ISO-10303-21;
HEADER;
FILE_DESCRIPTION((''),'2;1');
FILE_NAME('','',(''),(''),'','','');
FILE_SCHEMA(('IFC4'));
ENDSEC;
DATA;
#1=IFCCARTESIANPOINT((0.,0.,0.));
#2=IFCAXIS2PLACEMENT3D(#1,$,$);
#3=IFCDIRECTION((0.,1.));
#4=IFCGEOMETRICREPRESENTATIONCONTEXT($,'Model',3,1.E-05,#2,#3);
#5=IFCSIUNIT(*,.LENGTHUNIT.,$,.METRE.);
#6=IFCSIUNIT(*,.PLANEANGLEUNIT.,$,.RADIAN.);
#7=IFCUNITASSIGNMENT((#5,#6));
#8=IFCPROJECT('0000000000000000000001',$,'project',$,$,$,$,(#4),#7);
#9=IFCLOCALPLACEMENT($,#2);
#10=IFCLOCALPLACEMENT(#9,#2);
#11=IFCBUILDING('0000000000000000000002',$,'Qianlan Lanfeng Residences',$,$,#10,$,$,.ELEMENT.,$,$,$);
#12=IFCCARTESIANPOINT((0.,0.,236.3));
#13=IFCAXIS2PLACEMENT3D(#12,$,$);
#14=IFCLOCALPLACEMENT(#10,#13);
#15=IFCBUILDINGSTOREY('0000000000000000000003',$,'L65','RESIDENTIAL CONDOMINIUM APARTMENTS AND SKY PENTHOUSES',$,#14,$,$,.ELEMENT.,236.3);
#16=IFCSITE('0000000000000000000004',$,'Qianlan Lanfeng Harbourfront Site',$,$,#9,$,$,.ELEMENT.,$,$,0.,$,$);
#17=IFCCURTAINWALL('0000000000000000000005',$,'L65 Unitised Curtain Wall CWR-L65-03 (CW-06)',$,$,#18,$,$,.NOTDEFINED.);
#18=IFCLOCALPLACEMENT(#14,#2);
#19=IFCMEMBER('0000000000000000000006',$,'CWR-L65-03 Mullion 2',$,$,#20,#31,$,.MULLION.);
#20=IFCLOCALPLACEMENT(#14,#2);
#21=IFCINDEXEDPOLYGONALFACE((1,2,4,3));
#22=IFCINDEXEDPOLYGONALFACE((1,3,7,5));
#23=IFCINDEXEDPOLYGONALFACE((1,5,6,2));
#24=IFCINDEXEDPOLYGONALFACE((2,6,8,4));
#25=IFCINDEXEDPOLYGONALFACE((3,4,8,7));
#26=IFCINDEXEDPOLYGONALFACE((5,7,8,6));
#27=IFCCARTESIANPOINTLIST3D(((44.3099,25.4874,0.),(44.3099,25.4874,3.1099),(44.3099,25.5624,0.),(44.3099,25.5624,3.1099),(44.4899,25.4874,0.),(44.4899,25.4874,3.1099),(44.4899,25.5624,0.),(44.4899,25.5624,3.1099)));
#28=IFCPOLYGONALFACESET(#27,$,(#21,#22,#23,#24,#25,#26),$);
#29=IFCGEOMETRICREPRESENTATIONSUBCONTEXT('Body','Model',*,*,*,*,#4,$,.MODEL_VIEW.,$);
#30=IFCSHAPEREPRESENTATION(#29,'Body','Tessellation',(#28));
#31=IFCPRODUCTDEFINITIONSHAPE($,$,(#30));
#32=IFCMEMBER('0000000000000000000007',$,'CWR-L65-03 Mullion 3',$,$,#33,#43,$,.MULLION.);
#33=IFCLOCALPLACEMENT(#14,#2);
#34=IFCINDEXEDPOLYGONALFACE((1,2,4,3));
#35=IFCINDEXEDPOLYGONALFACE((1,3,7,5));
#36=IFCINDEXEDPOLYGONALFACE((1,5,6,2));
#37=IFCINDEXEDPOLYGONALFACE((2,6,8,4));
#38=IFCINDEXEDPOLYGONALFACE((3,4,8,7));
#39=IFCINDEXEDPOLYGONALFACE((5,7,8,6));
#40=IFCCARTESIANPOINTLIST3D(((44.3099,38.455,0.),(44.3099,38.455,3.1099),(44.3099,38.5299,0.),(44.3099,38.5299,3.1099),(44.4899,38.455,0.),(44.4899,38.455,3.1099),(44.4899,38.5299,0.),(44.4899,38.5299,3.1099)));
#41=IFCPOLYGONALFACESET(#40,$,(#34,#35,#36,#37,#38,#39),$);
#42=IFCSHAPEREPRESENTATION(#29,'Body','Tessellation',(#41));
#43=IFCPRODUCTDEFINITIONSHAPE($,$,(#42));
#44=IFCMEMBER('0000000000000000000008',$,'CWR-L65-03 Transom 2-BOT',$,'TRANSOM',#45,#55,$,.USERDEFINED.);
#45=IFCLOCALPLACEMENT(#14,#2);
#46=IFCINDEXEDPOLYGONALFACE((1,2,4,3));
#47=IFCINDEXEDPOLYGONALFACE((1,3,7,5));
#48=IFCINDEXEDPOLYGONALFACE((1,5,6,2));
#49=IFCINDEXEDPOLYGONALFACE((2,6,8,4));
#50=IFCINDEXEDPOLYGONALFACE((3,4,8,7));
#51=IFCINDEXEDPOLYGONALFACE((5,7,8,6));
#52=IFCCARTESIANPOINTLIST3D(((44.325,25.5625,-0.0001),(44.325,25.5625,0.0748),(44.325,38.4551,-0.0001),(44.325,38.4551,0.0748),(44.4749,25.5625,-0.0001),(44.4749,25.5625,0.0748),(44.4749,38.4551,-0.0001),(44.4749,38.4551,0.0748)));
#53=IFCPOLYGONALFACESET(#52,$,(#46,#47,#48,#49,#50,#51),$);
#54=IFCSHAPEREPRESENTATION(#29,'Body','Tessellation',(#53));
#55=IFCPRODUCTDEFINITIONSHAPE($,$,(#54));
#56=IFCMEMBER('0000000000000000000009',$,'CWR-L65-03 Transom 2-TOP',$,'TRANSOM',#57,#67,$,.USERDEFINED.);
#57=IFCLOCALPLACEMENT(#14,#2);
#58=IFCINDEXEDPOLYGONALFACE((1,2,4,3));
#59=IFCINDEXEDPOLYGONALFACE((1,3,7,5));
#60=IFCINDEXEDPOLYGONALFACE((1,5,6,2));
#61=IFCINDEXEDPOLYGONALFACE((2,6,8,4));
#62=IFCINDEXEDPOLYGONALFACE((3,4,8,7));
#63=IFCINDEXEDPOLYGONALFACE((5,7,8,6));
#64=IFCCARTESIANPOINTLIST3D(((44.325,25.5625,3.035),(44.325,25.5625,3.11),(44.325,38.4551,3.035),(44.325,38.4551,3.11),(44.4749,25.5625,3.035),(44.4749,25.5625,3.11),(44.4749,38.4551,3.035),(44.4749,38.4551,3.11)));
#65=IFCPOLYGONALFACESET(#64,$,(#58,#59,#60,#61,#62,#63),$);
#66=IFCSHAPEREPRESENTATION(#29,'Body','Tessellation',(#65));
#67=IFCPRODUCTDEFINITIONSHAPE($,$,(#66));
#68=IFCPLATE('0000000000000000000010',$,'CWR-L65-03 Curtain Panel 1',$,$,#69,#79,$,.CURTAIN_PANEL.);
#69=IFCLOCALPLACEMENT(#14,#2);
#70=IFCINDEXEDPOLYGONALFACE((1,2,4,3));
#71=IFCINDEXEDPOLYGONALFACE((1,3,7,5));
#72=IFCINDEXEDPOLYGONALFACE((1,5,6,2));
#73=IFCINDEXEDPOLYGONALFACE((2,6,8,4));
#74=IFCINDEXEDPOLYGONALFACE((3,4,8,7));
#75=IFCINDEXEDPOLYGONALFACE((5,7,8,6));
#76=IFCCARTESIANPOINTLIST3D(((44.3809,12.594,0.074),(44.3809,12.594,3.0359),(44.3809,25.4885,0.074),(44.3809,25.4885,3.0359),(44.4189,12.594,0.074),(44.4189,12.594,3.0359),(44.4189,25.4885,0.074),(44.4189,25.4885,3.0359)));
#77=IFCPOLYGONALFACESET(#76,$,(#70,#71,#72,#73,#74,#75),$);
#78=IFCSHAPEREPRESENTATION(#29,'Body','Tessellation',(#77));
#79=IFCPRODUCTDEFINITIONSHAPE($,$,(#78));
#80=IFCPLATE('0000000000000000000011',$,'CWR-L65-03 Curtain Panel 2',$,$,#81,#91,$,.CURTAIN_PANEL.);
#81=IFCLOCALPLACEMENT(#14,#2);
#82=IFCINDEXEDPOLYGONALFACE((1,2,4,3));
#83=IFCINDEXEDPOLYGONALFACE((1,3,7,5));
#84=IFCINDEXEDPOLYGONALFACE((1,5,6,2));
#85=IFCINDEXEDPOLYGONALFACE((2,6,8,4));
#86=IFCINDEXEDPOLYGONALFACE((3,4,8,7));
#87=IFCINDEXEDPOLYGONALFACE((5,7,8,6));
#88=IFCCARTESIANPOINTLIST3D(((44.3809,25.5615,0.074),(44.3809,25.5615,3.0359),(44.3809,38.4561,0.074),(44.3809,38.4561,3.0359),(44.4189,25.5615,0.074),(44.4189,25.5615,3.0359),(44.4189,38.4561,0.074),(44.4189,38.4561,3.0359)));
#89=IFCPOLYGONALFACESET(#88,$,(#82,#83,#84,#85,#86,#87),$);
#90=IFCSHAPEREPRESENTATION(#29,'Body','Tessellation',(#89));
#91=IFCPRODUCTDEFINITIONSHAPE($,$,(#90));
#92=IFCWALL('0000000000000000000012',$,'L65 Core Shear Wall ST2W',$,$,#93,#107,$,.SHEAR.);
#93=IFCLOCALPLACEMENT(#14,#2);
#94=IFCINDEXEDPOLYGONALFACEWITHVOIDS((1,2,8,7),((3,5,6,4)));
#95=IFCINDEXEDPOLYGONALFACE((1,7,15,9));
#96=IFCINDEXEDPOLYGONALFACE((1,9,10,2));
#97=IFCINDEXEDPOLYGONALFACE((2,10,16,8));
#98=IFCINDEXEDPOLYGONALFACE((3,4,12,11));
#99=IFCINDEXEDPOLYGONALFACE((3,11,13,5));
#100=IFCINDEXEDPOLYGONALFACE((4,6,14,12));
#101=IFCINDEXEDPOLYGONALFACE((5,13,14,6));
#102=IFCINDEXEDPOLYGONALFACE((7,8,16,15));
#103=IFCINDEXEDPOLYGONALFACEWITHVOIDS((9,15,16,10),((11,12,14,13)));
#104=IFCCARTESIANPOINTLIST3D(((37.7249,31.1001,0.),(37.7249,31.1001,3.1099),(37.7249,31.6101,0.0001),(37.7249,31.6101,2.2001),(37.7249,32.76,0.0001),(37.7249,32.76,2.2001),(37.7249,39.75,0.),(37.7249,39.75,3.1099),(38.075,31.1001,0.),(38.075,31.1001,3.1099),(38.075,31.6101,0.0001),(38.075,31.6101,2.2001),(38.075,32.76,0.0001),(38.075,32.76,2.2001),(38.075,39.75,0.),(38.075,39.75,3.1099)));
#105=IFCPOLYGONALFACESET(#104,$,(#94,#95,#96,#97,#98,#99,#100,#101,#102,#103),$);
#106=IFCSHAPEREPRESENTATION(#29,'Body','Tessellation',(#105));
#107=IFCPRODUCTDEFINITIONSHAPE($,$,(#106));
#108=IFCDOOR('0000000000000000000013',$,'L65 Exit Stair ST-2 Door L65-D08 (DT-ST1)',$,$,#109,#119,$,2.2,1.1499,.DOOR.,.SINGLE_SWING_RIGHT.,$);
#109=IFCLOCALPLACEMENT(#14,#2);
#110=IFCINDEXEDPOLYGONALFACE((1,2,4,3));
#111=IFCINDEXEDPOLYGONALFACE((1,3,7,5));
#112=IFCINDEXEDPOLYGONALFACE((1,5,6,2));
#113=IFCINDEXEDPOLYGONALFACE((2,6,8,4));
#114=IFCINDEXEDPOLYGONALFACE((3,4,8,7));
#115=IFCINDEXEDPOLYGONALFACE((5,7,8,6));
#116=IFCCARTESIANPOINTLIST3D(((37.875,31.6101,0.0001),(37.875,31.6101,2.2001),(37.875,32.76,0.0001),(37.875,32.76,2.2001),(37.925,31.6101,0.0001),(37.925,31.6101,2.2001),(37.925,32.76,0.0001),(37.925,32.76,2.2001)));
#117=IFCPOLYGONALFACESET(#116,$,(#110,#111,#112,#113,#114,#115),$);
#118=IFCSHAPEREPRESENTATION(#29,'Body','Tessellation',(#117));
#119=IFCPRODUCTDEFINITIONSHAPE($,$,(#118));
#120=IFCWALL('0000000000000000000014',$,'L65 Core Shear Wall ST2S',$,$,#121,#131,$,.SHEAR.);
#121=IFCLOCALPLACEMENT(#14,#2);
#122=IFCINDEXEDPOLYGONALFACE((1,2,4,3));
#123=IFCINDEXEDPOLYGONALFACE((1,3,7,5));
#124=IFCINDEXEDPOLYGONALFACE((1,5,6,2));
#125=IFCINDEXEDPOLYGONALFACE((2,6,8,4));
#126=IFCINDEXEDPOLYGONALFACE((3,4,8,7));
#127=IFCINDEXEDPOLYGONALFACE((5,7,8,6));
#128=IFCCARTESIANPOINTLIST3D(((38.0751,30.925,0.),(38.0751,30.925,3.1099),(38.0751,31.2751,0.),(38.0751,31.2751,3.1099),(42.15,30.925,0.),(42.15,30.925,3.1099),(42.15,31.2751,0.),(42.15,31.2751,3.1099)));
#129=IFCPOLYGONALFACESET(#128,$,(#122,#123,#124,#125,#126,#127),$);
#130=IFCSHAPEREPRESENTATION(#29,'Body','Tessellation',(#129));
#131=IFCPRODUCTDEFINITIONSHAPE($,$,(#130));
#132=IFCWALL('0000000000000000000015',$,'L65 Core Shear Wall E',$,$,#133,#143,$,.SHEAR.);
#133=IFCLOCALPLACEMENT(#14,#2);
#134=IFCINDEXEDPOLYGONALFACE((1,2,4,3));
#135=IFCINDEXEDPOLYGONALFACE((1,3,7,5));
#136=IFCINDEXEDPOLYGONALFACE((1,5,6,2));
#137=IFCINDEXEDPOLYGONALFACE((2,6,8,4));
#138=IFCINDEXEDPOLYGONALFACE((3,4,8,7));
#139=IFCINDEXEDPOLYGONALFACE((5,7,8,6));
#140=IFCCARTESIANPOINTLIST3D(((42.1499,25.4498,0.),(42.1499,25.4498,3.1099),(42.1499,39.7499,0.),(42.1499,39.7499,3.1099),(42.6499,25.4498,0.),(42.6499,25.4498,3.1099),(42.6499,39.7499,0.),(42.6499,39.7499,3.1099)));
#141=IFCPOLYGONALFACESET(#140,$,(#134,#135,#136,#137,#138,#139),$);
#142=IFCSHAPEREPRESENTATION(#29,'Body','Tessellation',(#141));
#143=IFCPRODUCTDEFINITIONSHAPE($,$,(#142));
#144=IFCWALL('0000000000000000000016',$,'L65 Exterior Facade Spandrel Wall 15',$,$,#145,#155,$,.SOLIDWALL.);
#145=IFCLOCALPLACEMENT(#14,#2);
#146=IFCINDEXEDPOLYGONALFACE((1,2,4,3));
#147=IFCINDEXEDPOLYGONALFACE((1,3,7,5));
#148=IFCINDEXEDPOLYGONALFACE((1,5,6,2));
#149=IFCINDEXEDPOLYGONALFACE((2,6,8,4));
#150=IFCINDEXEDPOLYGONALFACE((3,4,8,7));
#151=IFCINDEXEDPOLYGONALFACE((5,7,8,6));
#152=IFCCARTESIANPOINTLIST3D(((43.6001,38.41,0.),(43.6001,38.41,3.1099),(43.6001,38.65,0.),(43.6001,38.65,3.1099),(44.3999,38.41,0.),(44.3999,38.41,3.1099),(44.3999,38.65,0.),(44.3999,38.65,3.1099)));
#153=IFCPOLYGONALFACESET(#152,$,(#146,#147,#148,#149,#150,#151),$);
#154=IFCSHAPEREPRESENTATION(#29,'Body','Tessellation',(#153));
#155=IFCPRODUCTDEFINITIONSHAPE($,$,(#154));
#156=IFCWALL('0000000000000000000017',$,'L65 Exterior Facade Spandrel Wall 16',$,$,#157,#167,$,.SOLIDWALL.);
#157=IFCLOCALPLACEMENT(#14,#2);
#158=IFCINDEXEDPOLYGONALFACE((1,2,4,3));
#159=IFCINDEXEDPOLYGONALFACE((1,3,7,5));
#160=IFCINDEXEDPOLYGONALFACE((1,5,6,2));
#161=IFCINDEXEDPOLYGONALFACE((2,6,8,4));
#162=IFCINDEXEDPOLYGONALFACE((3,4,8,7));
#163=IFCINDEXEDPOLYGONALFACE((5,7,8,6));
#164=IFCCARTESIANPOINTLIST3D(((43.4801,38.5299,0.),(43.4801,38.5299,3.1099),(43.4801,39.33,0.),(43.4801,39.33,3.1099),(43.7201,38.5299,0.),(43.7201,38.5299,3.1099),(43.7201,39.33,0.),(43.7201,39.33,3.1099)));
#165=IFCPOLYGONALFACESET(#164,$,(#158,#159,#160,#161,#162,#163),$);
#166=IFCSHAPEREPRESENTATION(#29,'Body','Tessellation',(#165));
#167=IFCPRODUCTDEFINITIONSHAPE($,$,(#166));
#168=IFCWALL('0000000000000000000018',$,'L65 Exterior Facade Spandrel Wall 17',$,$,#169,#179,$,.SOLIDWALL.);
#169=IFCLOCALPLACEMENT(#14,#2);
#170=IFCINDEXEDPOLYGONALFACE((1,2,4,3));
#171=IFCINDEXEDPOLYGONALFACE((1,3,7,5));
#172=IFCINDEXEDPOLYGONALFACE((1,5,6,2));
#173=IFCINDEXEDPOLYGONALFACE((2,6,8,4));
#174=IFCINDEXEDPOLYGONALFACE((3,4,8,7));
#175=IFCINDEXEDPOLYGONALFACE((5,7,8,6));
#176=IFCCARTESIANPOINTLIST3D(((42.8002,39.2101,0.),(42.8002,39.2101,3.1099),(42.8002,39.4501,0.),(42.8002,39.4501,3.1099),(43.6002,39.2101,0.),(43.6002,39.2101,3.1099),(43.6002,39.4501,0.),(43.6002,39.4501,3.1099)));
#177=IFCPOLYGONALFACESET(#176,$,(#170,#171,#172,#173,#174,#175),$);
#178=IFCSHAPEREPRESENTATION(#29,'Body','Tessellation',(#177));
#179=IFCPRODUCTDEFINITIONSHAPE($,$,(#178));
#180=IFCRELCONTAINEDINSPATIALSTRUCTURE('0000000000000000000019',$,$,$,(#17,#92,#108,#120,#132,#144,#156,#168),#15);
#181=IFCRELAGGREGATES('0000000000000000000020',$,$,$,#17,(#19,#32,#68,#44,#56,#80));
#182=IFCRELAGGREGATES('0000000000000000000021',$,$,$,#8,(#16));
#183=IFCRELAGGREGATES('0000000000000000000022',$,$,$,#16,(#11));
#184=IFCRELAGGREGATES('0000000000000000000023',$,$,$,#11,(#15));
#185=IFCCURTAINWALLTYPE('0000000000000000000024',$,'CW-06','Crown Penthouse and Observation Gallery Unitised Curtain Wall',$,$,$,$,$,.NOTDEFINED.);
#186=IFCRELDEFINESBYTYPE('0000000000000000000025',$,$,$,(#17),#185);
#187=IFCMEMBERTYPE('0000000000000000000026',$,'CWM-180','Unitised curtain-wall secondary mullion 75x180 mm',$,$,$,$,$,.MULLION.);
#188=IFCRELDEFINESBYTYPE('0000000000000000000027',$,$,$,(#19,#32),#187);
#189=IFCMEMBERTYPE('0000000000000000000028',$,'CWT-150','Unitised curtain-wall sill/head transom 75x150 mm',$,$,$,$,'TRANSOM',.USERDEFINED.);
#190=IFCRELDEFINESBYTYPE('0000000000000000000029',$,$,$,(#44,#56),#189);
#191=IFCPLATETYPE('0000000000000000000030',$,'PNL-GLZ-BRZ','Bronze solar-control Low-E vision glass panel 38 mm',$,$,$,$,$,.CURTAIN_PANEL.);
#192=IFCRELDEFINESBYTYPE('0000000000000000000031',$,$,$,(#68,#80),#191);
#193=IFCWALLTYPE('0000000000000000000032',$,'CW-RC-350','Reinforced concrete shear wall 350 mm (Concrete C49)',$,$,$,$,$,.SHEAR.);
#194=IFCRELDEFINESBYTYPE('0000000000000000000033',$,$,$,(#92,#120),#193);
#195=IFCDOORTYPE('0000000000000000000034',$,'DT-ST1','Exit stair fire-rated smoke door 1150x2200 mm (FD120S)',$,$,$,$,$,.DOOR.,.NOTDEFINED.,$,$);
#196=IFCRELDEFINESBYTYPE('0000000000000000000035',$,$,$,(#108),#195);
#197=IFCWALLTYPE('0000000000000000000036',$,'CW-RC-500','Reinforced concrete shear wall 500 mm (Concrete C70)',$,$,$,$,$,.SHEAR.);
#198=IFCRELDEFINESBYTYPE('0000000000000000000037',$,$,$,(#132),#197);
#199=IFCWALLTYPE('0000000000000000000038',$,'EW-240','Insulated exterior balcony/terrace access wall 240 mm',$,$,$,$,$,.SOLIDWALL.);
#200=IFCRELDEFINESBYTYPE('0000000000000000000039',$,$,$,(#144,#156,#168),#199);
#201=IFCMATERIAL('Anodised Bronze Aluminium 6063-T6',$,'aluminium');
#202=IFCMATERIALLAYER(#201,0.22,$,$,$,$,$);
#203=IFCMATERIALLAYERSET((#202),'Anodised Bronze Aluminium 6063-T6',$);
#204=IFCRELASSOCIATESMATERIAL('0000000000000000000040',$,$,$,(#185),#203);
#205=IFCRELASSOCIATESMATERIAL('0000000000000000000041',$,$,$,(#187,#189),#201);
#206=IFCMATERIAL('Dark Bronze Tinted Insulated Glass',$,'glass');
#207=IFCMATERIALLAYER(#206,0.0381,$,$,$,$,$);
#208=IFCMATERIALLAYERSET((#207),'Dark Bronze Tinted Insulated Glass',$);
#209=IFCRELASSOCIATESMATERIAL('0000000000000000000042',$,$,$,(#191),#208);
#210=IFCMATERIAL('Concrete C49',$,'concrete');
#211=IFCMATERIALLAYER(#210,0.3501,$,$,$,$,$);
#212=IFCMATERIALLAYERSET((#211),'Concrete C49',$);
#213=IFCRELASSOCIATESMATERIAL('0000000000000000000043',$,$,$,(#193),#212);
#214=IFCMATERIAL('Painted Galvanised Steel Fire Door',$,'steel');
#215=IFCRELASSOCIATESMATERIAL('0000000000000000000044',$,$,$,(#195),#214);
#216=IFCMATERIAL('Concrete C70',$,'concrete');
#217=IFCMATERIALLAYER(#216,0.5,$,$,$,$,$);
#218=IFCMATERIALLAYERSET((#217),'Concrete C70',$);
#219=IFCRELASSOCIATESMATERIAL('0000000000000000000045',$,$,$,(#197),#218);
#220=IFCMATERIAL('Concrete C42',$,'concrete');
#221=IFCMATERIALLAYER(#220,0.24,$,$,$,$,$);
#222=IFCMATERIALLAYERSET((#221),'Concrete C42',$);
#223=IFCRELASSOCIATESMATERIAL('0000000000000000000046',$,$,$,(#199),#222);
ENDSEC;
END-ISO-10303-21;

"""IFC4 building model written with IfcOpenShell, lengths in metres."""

from ifc_helpers import new_model, si_unit, direction, frame, frame_2d, origin, origin_2d, place, context, subcontext, project, spatial, rectangle, extrude, source, transform, mapped, material, layer, layer_set, material_profile, profile_set, type_object, element, fill, aggregate, save


model = new_model("IFC4")

# Units and contexts
model_context = context("Model", 3, precision=1e-05, world=origin(), true_north=direction((0.0, 1.0)))
body_context = subcontext(model_context, "Body", "Model", "MODEL_VIEW")
ifc_project = project(units=[si_unit("LENGTHUNIT", "METRE"), si_unit("PLANEANGLEUNIT", "RADIAN")], contexts=[model_context])

# Site, building, storey
site_placement = place(None, origin())
site = spatial("IfcSite", under=ifc_project, at=site_placement, Name="Qianlan Lanfeng Harbourfront Site", CompositionType="ELEMENT", RefElevation=0.0)
building_placement = place(site_placement, origin())
building = spatial("IfcBuilding", under=site, at=building_placement, Name="Qianlan Lanfeng Residences", CompositionType="ELEMENT")
storey_placement = place(building_placement, frame((0.0, 0.0, 236.3)))
storey = spatial("IfcBuildingStorey", under=building, at=storey_placement, Name="L65", Description="RESIDENTIAL CONDOMINIUM APARTMENTS AND SKY PENTHOUSES", CompositionType="ELEMENT", Elevation=236.3)

# Curtain wall, members, plates
ifc_material_1 = material(Name="Anodised Bronze Aluminium 6063-T6", Category="aluminium")
ifc_layer_1 = layer(ifc_material_1, 0.22)
ifc_layer_set_1 = layer_set([ifc_layer_1], Name="Anodised Bronze Aluminium 6063-T6")
curtain_wall_type = type_object("IfcCurtainWallType", Name="CW-06", Description="Crown Penthouse and Observation Gallery Unitised Curtain Wall", PredefinedType="NOTDEFINED", material=ifc_layer_set_1)
curtain_wall_placement = place(storey_placement, origin())
curtain_wall = element("IfcCurtainWall", 1, at=curtain_wall_placement, inside=storey, type_object=curtain_wall_type, Name="L65 Unitised Curtain Wall CWR-L65-03 (CW-06)", PredefinedType="NOTDEFINED")
ifc_material_profile_1 = material_profile(ifc_material_1, rectangle(XDim=0.075, YDim=0.1799, at=origin_2d()), Name="ALU MULLION 75x180")
ifc_profile_set_1 = profile_set([ifc_material_profile_1], Name="Anodised Bronze Aluminium 6063-T6")
member_type_1 = type_object("IfcMemberType", Name="CWM-180", Description="Unitised curtain-wall secondary mullion 75x180 mm", PredefinedType="MULLION", material=ifc_profile_set_1)
shared_shape_1 = source(origin(), body_context, "Body", "SweptSolid", [
    extrude(rectangle(XDim=0.075, YDim=0.1799, at=origin_2d()), origin(), (0.0, 0.0, 1.0), 3.1099),
])
member_1_placement = place(storey_placement, frame((44.3999, 25.5249, 0.0), z_axis=(0.0, 0.0, 1.0), x_axis=(0.0, 1.0, 0.0)))
member_1 = element("IfcMember", 2, at=member_1_placement, type_object=member_type_1, Name="CWR-L65-03 Mullion 2", PredefinedType="MULLION", context=body_context, shape_type="MappedRepresentation", body=[
    mapped(shared_shape_1, transform((0.0, 0.0, 0.0), scale=1.0)),
])
member_2_placement = place(storey_placement, frame((44.3999, 38.4924, 0.0), z_axis=(0.0, 0.0, 1.0), x_axis=(0.0, 1.0, 0.0)))
member_2 = element("IfcMember", 3, at=member_2_placement, type_object=member_type_1, Name="CWR-L65-03 Mullion 3", PredefinedType="MULLION", context=body_context, shape_type="MappedRepresentation", body=[
    mapped(shared_shape_1, transform((0.0, 0.0, 0.0), scale=1.0)),
])
ifc_material_profile_2 = material_profile(ifc_material_1, rectangle(XDim=0.075, YDim=0.1499, at=origin_2d()), Name="ALU TRANSOM 75x150")
ifc_profile_set_2 = profile_set([ifc_material_profile_2], Name="Anodised Bronze Aluminium 6063-T6")
member_type_2 = type_object("IfcMemberType", Name="CWT-150", Description="Unitised curtain-wall sill/head transom 75x150 mm", ElementType="TRANSOM", PredefinedType="USERDEFINED", material=ifc_profile_set_2)
shared_shape_2 = source(origin(), body_context, "Body", "SweptSolid", [
    extrude(rectangle(XDim=0.075, YDim=0.1499, at=origin_2d()), origin(), (0.0, 0.0, 1.0), 12.8926),
])
member_3_placement = place(storey_placement, frame((44.3999, 25.5625, 0.0374), z_axis=(0.0, 1.0, 0.0), x_axis=(0.0, 0.0, 1.0)))
member_3 = element("IfcMember", 4, at=member_3_placement, type_object=member_type_2, Name="CWR-L65-03 Transom 2-BOT", ObjectType="TRANSOM", PredefinedType="USERDEFINED", context=body_context, shape_type="MappedRepresentation", body=[
    mapped(shared_shape_2, transform((0.0, 0.0, 0.0), scale=1.0)),
])
member_4_placement = place(storey_placement, frame((44.3999, 25.5625, 3.0725), z_axis=(0.0, 1.0, 0.0), x_axis=(0.0, 0.0, 1.0)))
member_4 = element("IfcMember", 5, at=member_4_placement, type_object=member_type_2, Name="CWR-L65-03 Transom 2-TOP", ObjectType="TRANSOM", PredefinedType="USERDEFINED", context=body_context, shape_type="MappedRepresentation", body=[
    mapped(shared_shape_2, transform((0.0, 0.0, 0.0), scale=1.0)),
])
ifc_material_2 = material(Name="Dark Bronze Tinted Insulated Glass", Category="glass")
ifc_layer_2 = layer(ifc_material_2, 0.0381)
ifc_layer_set_2 = layer_set([ifc_layer_2], Name="Dark Bronze Tinted Insulated Glass")
plate_type = type_object("IfcPlateType", Name="PNL-GLZ-BRZ", Description="Bronze solar-control Low-E vision glass panel 38 mm", PredefinedType="CURTAIN_PANEL", material=ifc_layer_set_2)
shared_shape_3 = source(origin(), body_context, "Body", "SweptSolid", [
    extrude(rectangle(XDim=12.8945, YDim=0.0381, at=origin_2d()), origin(), (0.0, 0.0, 1.0), 2.9619),
])
plate_1_placement = place(storey_placement, frame((44.3999, 19.0413, 0.074), z_axis=(0.0, 0.0, 1.0), x_axis=(0.0, 1.0, 0.0)))
plate_1 = element("IfcPlate", 6, at=plate_1_placement, type_object=plate_type, Name="CWR-L65-03 Curtain Panel 1", PredefinedType="CURTAIN_PANEL", context=body_context, shape_type="MappedRepresentation", body=[
    mapped(shared_shape_3, transform((0.0, 0.0, 0.0), scale=1.0)),
])
plate_2_placement = place(storey_placement, frame((44.3999, 32.0088, 0.074), z_axis=(0.0, 0.0, 1.0), x_axis=(0.0, 1.0, 0.0)))
plate_2 = element("IfcPlate", 7, at=plate_2_placement, type_object=plate_type, Name="CWR-L65-03 Curtain Panel 2", PredefinedType="CURTAIN_PANEL", context=body_context, shape_type="MappedRepresentation", body=[
    mapped(shared_shape_3, transform((0.0, 0.0, 0.0), scale=1.0)),
])
aggregate(curtain_wall, [member_1, member_2, plate_1, member_3, member_4, plate_2])

# Wall, opening, door
ifc_material_3 = material(Name="Concrete C49", Category="concrete")
ifc_layer_3 = layer(ifc_material_3, 0.3501)
ifc_layer_set_3 = layer_set([ifc_layer_3], Name="Concrete C49")
wall_type_1 = type_object("IfcWallType", Name="CW-RC-350", Description="Reinforced concrete shear wall 350 mm (Concrete C49)", PredefinedType="SHEAR", material=ifc_layer_set_3)
wall_1_placement = place(storey_placement, frame((37.8999, 31.1001, 0.0), z_axis=(0.0, 0.0, 1.0), x_axis=(0.0, 1.0, 0.0)))
wall_1 = element("IfcWall", 8, at=wall_1_placement, inside=storey, type_object=wall_type_1, Name="L65 Core Shear Wall ST2W", PredefinedType="SHEAR", context=body_context, shape_type="SweptSolid", body=[
    extrude(rectangle(XDim=8.6499, YDim=0.3501, at=frame_2d((4.325, 0.0))), origin(), (0.0, 0.0, 1.0), 3.1099),
])
opening_1_placement = place(wall_1_placement, frame((0.51, 0.0, 0.0)))
opening_1 = element("IfcOpeningElement", 9, at=opening_1_placement, cuts=wall_1, PredefinedType="OPENING", context=body_context, shape_type="SweptSolid", body=[
    extrude(rectangle(XDim=1.1499, YDim=2.2, at=frame_2d((0.575, 1.1001))), frame((0.0, 0.1851, 0.0), z_axis=(0.0, -1.0, 0.0), x_axis=(1.0, 0.0, 0.0)), (0.0, 0.0, 1.0), 0.3701),
])
ifc_material_4 = material(Name="Painted Galvanised Steel Fire Door", Category="steel")
door_type_1 = type_object("IfcDoorType", Name="DT-ST1", Description="Exit stair fire-rated smoke door 1150x2200 mm (FD120S)", OperationType="NOTDEFINED", PredefinedType="DOOR", material=ifc_material_4)
door_1_placement = place(opening_1_placement, origin())
door_1 = element("IfcDoor", 10, at=door_1_placement, inside=storey, type_object=door_type_1, Name="L65 Exit Stair ST-2 Door L65-D08 (DT-ST1)", OperationType="SINGLE_SWING_RIGHT", OverallHeight=2.2, OverallWidth=1.1499, PredefinedType="DOOR", context=body_context, shape_type="SweptSolid", body=[
    extrude(rectangle(XDim=1.1499, YDim=2.2, at=frame_2d((0.575, 1.1001))), frame((0.0, 0.0249, 0.0), z_axis=(0.0, -1.0, 0.0), x_axis=(1.0, 0.0, 0.0)), (0.0, 0.0, 1.0), 0.05),
])
fill(opening_1, door_1)

# Walls
wall_2_placement = place(storey_placement, frame((38.075, 31.1001, 0.0), z_axis=(0.0, 0.0, 1.0), x_axis=(1.0, 0.0, 0.0)))
element("IfcWall", 11, at=wall_2_placement, inside=storey, type_object=wall_type_1, Name="L65 Core Shear Wall ST2S", PredefinedType="SHEAR", context=body_context, shape_type="SweptSolid", body=[
    extrude(rectangle(XDim=4.075, YDim=0.3501, at=frame_2d((2.0376, 0.0))), origin(), (0.0, 0.0, 1.0), 3.1099),
])
ifc_material_5 = material(Name="Concrete C70", Category="concrete")
ifc_layer_4 = layer(ifc_material_5, 0.5)
ifc_layer_set_4 = layer_set([ifc_layer_4], Name="Concrete C70")
wall_type_2 = type_object("IfcWallType", Name="CW-RC-500", Description="Reinforced concrete shear wall 500 mm (Concrete C70)", PredefinedType="SHEAR", material=ifc_layer_set_4)
wall_3_placement = place(storey_placement, frame((42.3999, 25.45, 0.0), z_axis=(0.0, 0.0, 1.0), x_axis=(0.0, 1.0, 0.0)))
element("IfcWall", 12, at=wall_3_placement, inside=storey, type_object=wall_type_2, Name="L65 Core Shear Wall E", PredefinedType="SHEAR", context=body_context, shape_type="SweptSolid", body=[
    extrude(rectangle(XDim=14.3, YDim=0.5, at=frame_2d((7.1499, 0.0))), origin(), (0.0, 0.0, 1.0), 3.1099),
])
ifc_material_6 = material(Name="Concrete C42", Category="concrete")
ifc_layer_5 = layer(ifc_material_6, 0.24)
ifc_layer_set_5 = layer_set([ifc_layer_5], Name="Concrete C42")
wall_type_3 = type_object("IfcWallType", Name="EW-240", Description="Insulated exterior balcony/terrace access wall 240 mm", PredefinedType="SOLIDWALL", material=ifc_layer_set_5)
wall_4_placement = place(storey_placement, frame((44.3999, 38.53, 0.0), z_axis=(0.0, 0.0, 1.0), x_axis=(-1.0, 0.0, 0.0)))
element("IfcWall", 13, at=wall_4_placement, inside=storey, type_object=wall_type_3, Name="L65 Exterior Facade Spandrel Wall 15", PredefinedType="SOLIDWALL", context=body_context, shape_type="SweptSolid", body=[
    extrude(rectangle(XDim=0.7998, YDim=0.24, at=frame_2d((0.3999, 0.0))), origin(), (0.0, 0.0, 1.0), 3.1099),
])
for number, where, z_axis, x_axis, name in (
    (14, (43.6001, 38.53, 0.0), (0.0, 0.0, 1.0), (0.0, 1.0, 0.0), "L65 Exterior Facade Spandrel Wall 16"),
    (15, (43.6001, 39.3301, 0.0), (0.0, 0.0, 1.0), (-1.0, 0.0, 0.0), "L65 Exterior Facade Spandrel Wall 17"),
):
    element("IfcWall", number, at=place(storey_placement, frame(where, z_axis=z_axis, x_axis=x_axis)), inside=storey, type_object=wall_type_3, Name=name, PredefinedType="SOLIDWALL", context=body_context, shape_type="SweptSolid", body=[
        extrude(rectangle(XDim=0.8, YDim=0.24, at=frame_2d((0.3999, 0.0))), origin(), (0.0, 0.0, 1.0), 3.1099),
    ])

save(model, "model.ifc")
